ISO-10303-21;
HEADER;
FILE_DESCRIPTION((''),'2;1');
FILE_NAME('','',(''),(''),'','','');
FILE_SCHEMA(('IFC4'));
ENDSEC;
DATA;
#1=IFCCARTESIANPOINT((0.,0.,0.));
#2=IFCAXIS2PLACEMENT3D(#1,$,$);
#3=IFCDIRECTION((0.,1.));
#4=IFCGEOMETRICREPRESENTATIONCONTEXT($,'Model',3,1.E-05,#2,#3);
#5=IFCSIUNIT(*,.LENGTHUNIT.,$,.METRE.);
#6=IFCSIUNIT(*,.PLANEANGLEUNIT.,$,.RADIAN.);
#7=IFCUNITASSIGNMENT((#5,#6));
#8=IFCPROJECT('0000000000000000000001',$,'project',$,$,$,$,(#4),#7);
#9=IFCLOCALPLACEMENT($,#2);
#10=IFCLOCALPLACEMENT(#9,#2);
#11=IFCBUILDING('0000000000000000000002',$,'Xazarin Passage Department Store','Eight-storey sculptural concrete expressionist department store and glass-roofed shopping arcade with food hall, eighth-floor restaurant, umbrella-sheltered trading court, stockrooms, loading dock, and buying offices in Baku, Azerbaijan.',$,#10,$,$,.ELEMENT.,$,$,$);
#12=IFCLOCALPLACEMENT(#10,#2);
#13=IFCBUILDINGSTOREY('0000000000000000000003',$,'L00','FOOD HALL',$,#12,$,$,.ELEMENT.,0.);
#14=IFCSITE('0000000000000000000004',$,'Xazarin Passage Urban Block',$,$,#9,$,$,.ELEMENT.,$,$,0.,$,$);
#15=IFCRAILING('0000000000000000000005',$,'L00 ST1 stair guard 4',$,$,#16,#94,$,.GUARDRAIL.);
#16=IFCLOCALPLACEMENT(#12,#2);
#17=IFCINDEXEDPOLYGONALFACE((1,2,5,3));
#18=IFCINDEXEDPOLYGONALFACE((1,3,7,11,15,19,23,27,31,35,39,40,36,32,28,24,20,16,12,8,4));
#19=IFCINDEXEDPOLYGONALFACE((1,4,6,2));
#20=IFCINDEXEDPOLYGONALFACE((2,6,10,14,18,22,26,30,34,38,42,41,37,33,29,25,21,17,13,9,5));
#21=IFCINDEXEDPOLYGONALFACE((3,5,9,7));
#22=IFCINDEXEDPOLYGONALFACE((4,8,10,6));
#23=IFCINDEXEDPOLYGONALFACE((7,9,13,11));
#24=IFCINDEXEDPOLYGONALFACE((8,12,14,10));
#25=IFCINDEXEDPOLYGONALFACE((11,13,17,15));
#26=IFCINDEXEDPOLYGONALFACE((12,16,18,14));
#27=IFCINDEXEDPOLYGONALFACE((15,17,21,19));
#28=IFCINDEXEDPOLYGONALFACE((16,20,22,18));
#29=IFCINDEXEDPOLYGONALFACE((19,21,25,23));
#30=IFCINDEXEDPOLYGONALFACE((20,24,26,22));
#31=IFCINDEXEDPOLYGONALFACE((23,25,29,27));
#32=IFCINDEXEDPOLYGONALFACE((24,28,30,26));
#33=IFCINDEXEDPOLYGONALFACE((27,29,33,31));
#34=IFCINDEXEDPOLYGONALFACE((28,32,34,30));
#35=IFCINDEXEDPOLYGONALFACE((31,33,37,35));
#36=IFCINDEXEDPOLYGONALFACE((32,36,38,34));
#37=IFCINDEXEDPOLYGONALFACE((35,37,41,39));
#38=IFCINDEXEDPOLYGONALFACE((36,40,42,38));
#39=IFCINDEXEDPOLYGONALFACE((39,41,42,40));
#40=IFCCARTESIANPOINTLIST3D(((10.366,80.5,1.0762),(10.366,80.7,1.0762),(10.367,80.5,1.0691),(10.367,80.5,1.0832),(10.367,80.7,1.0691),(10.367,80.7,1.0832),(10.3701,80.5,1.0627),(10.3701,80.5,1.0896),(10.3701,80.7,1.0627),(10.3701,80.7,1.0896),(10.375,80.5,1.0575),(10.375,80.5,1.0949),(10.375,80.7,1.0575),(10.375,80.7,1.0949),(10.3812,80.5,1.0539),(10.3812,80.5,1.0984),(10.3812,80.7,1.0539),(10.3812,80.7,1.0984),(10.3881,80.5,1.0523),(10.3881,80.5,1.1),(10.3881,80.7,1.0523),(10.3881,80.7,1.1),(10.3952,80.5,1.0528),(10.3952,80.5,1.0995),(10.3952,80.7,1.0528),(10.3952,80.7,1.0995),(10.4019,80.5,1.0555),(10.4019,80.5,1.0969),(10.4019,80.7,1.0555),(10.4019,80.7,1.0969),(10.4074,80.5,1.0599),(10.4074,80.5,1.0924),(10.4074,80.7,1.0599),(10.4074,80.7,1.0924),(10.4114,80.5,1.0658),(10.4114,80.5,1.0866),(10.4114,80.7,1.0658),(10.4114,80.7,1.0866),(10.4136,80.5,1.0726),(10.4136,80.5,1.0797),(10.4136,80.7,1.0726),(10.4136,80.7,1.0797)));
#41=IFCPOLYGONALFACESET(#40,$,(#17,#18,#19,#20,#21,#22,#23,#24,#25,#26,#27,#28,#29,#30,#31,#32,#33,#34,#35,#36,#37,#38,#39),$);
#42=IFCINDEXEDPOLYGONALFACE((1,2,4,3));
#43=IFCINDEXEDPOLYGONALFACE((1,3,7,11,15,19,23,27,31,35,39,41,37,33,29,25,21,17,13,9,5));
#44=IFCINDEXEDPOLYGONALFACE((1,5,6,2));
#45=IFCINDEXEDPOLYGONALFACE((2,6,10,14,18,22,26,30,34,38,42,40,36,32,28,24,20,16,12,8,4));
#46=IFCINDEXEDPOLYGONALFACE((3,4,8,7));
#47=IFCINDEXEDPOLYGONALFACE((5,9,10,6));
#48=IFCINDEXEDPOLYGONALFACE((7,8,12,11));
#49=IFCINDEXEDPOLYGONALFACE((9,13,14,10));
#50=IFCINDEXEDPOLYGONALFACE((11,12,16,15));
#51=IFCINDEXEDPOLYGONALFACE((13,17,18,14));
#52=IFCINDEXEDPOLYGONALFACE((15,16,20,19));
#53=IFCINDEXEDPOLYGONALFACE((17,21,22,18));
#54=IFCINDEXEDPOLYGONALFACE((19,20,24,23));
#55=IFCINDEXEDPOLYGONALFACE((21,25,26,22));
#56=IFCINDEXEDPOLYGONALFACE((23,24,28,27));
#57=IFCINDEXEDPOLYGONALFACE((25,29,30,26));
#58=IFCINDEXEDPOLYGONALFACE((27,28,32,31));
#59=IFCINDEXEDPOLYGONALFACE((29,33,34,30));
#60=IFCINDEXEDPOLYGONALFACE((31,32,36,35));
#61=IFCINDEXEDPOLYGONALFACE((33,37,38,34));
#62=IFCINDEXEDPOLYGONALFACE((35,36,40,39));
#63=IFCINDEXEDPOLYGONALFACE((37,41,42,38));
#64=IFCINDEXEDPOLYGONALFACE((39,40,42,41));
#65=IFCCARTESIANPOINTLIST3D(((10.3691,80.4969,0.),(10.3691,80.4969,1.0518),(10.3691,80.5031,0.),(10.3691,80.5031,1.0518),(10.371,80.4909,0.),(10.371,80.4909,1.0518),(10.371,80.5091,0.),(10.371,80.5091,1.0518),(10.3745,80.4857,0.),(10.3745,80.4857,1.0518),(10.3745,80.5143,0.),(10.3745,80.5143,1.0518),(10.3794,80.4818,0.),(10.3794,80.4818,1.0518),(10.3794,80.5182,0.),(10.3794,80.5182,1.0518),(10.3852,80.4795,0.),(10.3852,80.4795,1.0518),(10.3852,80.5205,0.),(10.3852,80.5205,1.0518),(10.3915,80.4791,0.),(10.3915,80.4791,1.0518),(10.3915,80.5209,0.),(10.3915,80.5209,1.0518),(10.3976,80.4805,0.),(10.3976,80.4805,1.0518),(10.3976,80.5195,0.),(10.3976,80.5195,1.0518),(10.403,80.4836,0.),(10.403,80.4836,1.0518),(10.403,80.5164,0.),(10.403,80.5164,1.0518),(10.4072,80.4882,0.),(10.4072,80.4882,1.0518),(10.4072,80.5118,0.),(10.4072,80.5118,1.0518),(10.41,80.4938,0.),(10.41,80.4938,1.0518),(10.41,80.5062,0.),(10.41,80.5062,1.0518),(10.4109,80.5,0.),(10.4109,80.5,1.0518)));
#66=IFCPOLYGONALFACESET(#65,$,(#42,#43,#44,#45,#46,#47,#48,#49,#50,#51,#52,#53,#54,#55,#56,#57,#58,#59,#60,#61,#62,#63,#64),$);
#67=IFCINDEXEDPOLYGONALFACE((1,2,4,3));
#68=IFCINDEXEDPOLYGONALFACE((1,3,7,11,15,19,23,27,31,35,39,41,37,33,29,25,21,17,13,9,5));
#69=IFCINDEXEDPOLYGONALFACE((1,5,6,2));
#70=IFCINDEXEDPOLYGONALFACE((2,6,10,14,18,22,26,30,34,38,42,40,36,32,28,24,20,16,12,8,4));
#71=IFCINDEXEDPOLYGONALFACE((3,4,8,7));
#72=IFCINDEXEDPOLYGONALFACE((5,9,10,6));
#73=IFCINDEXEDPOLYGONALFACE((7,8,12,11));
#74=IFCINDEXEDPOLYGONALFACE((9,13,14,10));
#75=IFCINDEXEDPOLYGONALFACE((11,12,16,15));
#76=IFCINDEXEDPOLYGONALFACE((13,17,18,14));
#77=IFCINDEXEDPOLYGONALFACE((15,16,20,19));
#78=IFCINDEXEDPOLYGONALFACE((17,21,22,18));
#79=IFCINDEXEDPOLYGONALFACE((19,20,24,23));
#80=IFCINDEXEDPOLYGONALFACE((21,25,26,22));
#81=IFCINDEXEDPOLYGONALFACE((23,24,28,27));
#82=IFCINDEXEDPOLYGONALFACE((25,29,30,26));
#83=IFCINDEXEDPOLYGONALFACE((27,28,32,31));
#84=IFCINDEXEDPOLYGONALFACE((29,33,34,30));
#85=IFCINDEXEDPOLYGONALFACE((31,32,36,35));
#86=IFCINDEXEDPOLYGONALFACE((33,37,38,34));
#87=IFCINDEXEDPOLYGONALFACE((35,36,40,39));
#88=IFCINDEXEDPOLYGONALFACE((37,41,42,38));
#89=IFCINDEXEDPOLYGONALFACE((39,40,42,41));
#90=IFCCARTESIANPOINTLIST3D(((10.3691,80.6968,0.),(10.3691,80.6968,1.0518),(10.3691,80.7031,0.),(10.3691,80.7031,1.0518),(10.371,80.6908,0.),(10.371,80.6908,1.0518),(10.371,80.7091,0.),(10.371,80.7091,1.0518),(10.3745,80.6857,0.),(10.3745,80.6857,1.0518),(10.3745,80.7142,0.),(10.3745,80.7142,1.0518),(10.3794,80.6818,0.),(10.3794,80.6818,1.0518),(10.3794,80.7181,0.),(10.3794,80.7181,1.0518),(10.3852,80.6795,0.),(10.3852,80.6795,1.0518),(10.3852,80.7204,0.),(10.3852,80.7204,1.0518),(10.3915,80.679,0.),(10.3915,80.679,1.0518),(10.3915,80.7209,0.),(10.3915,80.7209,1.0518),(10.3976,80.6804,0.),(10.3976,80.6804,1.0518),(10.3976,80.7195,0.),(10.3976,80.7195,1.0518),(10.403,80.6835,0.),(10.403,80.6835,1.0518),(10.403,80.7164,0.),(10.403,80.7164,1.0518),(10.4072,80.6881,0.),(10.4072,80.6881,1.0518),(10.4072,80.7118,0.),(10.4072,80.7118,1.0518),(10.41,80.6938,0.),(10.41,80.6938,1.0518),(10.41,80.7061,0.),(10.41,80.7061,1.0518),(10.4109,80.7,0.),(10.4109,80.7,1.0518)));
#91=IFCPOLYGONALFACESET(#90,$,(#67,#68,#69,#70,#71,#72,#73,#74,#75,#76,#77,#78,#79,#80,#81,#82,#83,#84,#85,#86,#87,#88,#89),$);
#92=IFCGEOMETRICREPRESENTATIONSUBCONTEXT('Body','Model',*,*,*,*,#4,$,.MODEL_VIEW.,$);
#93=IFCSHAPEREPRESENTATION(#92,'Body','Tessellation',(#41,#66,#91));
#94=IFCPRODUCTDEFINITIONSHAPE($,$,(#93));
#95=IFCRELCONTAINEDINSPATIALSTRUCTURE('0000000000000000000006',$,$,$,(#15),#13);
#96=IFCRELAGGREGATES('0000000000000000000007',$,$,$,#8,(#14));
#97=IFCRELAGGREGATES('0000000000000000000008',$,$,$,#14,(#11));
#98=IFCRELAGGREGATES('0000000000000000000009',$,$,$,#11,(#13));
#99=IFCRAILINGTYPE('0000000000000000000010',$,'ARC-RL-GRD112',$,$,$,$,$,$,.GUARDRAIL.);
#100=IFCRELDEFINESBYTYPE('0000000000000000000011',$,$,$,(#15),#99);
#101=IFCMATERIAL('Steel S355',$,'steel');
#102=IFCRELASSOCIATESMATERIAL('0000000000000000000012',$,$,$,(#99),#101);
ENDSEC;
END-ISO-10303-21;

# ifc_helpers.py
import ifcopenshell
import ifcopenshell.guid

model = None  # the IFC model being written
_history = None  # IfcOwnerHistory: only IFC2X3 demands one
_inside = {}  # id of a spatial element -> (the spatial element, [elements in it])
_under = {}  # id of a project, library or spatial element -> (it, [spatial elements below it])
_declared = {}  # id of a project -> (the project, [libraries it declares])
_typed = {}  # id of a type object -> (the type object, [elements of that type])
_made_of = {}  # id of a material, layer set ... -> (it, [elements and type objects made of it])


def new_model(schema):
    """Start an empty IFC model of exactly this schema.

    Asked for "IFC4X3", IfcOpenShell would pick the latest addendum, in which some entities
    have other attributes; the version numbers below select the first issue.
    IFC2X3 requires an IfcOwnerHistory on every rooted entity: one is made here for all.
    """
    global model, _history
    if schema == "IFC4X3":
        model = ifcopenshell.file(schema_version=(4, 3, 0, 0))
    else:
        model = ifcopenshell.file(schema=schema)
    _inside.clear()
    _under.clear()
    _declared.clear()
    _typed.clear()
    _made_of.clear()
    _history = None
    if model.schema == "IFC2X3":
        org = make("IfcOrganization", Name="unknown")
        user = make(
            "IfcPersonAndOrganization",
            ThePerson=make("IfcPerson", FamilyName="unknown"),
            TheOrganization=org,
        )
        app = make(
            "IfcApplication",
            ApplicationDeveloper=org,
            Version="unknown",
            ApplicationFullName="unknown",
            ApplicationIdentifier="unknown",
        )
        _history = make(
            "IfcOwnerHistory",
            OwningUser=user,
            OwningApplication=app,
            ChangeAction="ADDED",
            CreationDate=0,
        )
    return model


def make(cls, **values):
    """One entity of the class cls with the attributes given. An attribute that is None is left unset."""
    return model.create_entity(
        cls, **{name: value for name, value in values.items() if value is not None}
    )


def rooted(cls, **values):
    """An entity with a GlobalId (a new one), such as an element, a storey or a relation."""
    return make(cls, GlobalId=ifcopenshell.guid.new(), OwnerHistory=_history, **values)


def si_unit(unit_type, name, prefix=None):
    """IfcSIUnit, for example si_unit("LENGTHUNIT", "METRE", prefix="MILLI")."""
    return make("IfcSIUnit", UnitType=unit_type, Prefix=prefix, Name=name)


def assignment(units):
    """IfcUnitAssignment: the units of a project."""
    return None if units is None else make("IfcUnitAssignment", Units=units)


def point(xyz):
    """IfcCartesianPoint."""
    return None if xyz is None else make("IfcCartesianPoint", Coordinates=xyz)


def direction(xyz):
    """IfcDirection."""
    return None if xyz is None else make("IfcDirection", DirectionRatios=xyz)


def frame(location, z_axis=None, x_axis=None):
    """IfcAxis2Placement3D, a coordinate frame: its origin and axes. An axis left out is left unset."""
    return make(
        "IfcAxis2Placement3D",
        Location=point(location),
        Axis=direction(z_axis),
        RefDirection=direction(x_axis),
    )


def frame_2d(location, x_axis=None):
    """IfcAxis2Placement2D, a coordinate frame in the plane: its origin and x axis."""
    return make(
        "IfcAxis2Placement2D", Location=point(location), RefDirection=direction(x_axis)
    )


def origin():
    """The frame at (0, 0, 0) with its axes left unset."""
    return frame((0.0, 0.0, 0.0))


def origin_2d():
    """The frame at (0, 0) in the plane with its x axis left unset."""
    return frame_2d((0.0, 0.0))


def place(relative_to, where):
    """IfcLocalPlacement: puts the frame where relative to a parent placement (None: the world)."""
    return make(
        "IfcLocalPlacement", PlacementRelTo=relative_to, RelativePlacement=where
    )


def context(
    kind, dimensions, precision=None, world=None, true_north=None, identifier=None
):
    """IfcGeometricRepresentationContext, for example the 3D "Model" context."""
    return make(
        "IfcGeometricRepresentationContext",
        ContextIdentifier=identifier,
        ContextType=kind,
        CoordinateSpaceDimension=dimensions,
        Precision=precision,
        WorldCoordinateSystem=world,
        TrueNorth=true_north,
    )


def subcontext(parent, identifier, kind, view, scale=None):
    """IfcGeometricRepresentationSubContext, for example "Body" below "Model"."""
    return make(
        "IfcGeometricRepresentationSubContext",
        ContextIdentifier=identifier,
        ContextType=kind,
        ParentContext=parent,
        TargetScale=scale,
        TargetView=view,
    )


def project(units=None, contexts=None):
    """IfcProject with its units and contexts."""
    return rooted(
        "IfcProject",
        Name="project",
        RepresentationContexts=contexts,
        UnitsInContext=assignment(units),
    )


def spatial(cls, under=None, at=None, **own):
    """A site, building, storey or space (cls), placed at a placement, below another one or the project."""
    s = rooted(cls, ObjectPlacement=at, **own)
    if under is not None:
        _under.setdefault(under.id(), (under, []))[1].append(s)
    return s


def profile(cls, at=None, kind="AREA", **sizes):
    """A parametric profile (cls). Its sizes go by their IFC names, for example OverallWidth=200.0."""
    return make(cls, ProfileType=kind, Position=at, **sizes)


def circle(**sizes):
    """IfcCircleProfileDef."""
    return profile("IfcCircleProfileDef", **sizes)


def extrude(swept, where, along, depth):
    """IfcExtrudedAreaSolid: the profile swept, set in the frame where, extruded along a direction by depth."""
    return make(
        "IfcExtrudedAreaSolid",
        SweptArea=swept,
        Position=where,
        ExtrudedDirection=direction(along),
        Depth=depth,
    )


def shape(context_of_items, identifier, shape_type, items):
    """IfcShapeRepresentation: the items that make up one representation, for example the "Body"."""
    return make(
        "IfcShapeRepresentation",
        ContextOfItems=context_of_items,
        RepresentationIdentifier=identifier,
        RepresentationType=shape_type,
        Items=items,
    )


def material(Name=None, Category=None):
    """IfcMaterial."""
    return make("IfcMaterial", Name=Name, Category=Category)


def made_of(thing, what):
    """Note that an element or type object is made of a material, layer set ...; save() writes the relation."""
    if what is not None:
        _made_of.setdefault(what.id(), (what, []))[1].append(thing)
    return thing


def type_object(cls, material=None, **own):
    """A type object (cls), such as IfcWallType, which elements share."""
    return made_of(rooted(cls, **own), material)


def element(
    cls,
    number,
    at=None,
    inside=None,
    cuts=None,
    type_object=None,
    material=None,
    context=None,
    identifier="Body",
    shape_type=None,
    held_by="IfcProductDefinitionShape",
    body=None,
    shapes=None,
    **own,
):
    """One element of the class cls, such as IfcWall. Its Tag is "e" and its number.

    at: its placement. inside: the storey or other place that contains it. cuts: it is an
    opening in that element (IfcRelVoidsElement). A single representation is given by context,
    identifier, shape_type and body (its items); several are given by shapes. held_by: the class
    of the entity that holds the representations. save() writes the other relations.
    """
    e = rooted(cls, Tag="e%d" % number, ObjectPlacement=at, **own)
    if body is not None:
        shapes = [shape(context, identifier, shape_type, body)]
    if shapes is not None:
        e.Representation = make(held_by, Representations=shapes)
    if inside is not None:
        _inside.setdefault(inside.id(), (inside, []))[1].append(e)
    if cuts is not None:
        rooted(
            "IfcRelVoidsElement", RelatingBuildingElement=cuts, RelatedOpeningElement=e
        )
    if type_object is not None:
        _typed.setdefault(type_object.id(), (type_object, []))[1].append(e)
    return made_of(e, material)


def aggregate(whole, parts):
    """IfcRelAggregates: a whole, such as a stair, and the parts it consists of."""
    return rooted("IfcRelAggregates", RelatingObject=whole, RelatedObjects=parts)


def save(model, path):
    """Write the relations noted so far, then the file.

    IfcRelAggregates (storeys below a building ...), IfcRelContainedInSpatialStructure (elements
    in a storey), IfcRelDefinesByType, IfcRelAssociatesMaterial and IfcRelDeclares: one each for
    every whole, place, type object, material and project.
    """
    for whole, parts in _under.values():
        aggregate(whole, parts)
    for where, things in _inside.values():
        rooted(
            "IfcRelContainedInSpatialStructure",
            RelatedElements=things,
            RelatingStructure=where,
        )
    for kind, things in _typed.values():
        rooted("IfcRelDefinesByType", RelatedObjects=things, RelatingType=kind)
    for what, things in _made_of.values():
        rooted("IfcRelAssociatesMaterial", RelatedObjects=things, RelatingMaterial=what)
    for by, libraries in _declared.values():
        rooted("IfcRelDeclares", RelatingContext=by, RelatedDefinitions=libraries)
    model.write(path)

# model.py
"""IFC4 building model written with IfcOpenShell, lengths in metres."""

from ifc_helpers import new_model, si_unit, direction, frame, origin, origin_2d, place, context, subcontext, project, spatial, circle, extrude, material, type_object, element, save


model = new_model("IFC4")

# Units and contexts
model_context = context("Model", 3, precision=1e-05, world=origin(), true_north=direction((0.0, 1.0)))
body_context = subcontext(model_context, "Body", "Model", "MODEL_VIEW")
ifc_project = project(units=[si_unit("LENGTHUNIT", "METRE"), si_unit("PLANEANGLEUNIT", "RADIAN")], contexts=[model_context])

# Site, building, storey
site_placement = place(None, origin())
site = spatial("IfcSite", under=ifc_project, at=site_placement, Name="Xazarin Passage Urban Block", CompositionType="ELEMENT", RefElevation=0.0)
building_placement = place(site_placement, origin())
building = spatial("IfcBuilding", under=site, at=building_placement, Name="Xazarin Passage Department Store", Description="Eight-storey sculptural concrete expressionist department store and glass-roofed shopping arcade with food hall, eighth-floor restaurant, umbrella-sheltered trading court, stockrooms, loading dock, and buying offices in Baku, Azerbaijan.", CompositionType="ELEMENT")
storey_placement = place(building_placement, origin())
storey = spatial("IfcBuildingStorey", under=building, at=storey_placement, Name="L00", Description="FOOD HALL", CompositionType="ELEMENT", Elevation=0.0)

# Shared definitions
ifc_material_1 = material(Name="Steel S355", Category="steel")

# Railing
railing_type_1 = type_object("IfcRailingType", Name="ARC-RL-GRD112", PredefinedType="GUARDRAIL", material=ifc_material_1)
railing_1_placement = place(storey_placement, frame((10.3899, 80.5, 0.0)))
element("IfcRailing", 1, at=railing_1_placement, inside=storey, type_object=railing_type_1, Name="L00 ST1 stair guard 4", PredefinedType="GUARDRAIL", context=body_context, shape_type="SweptSolid", body=[
    extrude(circle(Radius=0.0239, at=origin_2d()), frame((0.0, 0.0, 1.0762), z_axis=(0.0, 1.0, 0.0), x_axis=(-1.0, 0.0, 0.0)), (0.0, 0.0, 1.0), 0.2),
    extrude(circle(Radius=0.021, at=origin_2d()), origin(), (0.0, 0.0, 1.0), 1.0518),
    extrude(circle(Radius=0.021, at=origin_2d()), frame((0.0, 0.2, 0.0)), (0.0, 0.0, 1.0), 1.0518),
])

save(model, "model.ifc")
